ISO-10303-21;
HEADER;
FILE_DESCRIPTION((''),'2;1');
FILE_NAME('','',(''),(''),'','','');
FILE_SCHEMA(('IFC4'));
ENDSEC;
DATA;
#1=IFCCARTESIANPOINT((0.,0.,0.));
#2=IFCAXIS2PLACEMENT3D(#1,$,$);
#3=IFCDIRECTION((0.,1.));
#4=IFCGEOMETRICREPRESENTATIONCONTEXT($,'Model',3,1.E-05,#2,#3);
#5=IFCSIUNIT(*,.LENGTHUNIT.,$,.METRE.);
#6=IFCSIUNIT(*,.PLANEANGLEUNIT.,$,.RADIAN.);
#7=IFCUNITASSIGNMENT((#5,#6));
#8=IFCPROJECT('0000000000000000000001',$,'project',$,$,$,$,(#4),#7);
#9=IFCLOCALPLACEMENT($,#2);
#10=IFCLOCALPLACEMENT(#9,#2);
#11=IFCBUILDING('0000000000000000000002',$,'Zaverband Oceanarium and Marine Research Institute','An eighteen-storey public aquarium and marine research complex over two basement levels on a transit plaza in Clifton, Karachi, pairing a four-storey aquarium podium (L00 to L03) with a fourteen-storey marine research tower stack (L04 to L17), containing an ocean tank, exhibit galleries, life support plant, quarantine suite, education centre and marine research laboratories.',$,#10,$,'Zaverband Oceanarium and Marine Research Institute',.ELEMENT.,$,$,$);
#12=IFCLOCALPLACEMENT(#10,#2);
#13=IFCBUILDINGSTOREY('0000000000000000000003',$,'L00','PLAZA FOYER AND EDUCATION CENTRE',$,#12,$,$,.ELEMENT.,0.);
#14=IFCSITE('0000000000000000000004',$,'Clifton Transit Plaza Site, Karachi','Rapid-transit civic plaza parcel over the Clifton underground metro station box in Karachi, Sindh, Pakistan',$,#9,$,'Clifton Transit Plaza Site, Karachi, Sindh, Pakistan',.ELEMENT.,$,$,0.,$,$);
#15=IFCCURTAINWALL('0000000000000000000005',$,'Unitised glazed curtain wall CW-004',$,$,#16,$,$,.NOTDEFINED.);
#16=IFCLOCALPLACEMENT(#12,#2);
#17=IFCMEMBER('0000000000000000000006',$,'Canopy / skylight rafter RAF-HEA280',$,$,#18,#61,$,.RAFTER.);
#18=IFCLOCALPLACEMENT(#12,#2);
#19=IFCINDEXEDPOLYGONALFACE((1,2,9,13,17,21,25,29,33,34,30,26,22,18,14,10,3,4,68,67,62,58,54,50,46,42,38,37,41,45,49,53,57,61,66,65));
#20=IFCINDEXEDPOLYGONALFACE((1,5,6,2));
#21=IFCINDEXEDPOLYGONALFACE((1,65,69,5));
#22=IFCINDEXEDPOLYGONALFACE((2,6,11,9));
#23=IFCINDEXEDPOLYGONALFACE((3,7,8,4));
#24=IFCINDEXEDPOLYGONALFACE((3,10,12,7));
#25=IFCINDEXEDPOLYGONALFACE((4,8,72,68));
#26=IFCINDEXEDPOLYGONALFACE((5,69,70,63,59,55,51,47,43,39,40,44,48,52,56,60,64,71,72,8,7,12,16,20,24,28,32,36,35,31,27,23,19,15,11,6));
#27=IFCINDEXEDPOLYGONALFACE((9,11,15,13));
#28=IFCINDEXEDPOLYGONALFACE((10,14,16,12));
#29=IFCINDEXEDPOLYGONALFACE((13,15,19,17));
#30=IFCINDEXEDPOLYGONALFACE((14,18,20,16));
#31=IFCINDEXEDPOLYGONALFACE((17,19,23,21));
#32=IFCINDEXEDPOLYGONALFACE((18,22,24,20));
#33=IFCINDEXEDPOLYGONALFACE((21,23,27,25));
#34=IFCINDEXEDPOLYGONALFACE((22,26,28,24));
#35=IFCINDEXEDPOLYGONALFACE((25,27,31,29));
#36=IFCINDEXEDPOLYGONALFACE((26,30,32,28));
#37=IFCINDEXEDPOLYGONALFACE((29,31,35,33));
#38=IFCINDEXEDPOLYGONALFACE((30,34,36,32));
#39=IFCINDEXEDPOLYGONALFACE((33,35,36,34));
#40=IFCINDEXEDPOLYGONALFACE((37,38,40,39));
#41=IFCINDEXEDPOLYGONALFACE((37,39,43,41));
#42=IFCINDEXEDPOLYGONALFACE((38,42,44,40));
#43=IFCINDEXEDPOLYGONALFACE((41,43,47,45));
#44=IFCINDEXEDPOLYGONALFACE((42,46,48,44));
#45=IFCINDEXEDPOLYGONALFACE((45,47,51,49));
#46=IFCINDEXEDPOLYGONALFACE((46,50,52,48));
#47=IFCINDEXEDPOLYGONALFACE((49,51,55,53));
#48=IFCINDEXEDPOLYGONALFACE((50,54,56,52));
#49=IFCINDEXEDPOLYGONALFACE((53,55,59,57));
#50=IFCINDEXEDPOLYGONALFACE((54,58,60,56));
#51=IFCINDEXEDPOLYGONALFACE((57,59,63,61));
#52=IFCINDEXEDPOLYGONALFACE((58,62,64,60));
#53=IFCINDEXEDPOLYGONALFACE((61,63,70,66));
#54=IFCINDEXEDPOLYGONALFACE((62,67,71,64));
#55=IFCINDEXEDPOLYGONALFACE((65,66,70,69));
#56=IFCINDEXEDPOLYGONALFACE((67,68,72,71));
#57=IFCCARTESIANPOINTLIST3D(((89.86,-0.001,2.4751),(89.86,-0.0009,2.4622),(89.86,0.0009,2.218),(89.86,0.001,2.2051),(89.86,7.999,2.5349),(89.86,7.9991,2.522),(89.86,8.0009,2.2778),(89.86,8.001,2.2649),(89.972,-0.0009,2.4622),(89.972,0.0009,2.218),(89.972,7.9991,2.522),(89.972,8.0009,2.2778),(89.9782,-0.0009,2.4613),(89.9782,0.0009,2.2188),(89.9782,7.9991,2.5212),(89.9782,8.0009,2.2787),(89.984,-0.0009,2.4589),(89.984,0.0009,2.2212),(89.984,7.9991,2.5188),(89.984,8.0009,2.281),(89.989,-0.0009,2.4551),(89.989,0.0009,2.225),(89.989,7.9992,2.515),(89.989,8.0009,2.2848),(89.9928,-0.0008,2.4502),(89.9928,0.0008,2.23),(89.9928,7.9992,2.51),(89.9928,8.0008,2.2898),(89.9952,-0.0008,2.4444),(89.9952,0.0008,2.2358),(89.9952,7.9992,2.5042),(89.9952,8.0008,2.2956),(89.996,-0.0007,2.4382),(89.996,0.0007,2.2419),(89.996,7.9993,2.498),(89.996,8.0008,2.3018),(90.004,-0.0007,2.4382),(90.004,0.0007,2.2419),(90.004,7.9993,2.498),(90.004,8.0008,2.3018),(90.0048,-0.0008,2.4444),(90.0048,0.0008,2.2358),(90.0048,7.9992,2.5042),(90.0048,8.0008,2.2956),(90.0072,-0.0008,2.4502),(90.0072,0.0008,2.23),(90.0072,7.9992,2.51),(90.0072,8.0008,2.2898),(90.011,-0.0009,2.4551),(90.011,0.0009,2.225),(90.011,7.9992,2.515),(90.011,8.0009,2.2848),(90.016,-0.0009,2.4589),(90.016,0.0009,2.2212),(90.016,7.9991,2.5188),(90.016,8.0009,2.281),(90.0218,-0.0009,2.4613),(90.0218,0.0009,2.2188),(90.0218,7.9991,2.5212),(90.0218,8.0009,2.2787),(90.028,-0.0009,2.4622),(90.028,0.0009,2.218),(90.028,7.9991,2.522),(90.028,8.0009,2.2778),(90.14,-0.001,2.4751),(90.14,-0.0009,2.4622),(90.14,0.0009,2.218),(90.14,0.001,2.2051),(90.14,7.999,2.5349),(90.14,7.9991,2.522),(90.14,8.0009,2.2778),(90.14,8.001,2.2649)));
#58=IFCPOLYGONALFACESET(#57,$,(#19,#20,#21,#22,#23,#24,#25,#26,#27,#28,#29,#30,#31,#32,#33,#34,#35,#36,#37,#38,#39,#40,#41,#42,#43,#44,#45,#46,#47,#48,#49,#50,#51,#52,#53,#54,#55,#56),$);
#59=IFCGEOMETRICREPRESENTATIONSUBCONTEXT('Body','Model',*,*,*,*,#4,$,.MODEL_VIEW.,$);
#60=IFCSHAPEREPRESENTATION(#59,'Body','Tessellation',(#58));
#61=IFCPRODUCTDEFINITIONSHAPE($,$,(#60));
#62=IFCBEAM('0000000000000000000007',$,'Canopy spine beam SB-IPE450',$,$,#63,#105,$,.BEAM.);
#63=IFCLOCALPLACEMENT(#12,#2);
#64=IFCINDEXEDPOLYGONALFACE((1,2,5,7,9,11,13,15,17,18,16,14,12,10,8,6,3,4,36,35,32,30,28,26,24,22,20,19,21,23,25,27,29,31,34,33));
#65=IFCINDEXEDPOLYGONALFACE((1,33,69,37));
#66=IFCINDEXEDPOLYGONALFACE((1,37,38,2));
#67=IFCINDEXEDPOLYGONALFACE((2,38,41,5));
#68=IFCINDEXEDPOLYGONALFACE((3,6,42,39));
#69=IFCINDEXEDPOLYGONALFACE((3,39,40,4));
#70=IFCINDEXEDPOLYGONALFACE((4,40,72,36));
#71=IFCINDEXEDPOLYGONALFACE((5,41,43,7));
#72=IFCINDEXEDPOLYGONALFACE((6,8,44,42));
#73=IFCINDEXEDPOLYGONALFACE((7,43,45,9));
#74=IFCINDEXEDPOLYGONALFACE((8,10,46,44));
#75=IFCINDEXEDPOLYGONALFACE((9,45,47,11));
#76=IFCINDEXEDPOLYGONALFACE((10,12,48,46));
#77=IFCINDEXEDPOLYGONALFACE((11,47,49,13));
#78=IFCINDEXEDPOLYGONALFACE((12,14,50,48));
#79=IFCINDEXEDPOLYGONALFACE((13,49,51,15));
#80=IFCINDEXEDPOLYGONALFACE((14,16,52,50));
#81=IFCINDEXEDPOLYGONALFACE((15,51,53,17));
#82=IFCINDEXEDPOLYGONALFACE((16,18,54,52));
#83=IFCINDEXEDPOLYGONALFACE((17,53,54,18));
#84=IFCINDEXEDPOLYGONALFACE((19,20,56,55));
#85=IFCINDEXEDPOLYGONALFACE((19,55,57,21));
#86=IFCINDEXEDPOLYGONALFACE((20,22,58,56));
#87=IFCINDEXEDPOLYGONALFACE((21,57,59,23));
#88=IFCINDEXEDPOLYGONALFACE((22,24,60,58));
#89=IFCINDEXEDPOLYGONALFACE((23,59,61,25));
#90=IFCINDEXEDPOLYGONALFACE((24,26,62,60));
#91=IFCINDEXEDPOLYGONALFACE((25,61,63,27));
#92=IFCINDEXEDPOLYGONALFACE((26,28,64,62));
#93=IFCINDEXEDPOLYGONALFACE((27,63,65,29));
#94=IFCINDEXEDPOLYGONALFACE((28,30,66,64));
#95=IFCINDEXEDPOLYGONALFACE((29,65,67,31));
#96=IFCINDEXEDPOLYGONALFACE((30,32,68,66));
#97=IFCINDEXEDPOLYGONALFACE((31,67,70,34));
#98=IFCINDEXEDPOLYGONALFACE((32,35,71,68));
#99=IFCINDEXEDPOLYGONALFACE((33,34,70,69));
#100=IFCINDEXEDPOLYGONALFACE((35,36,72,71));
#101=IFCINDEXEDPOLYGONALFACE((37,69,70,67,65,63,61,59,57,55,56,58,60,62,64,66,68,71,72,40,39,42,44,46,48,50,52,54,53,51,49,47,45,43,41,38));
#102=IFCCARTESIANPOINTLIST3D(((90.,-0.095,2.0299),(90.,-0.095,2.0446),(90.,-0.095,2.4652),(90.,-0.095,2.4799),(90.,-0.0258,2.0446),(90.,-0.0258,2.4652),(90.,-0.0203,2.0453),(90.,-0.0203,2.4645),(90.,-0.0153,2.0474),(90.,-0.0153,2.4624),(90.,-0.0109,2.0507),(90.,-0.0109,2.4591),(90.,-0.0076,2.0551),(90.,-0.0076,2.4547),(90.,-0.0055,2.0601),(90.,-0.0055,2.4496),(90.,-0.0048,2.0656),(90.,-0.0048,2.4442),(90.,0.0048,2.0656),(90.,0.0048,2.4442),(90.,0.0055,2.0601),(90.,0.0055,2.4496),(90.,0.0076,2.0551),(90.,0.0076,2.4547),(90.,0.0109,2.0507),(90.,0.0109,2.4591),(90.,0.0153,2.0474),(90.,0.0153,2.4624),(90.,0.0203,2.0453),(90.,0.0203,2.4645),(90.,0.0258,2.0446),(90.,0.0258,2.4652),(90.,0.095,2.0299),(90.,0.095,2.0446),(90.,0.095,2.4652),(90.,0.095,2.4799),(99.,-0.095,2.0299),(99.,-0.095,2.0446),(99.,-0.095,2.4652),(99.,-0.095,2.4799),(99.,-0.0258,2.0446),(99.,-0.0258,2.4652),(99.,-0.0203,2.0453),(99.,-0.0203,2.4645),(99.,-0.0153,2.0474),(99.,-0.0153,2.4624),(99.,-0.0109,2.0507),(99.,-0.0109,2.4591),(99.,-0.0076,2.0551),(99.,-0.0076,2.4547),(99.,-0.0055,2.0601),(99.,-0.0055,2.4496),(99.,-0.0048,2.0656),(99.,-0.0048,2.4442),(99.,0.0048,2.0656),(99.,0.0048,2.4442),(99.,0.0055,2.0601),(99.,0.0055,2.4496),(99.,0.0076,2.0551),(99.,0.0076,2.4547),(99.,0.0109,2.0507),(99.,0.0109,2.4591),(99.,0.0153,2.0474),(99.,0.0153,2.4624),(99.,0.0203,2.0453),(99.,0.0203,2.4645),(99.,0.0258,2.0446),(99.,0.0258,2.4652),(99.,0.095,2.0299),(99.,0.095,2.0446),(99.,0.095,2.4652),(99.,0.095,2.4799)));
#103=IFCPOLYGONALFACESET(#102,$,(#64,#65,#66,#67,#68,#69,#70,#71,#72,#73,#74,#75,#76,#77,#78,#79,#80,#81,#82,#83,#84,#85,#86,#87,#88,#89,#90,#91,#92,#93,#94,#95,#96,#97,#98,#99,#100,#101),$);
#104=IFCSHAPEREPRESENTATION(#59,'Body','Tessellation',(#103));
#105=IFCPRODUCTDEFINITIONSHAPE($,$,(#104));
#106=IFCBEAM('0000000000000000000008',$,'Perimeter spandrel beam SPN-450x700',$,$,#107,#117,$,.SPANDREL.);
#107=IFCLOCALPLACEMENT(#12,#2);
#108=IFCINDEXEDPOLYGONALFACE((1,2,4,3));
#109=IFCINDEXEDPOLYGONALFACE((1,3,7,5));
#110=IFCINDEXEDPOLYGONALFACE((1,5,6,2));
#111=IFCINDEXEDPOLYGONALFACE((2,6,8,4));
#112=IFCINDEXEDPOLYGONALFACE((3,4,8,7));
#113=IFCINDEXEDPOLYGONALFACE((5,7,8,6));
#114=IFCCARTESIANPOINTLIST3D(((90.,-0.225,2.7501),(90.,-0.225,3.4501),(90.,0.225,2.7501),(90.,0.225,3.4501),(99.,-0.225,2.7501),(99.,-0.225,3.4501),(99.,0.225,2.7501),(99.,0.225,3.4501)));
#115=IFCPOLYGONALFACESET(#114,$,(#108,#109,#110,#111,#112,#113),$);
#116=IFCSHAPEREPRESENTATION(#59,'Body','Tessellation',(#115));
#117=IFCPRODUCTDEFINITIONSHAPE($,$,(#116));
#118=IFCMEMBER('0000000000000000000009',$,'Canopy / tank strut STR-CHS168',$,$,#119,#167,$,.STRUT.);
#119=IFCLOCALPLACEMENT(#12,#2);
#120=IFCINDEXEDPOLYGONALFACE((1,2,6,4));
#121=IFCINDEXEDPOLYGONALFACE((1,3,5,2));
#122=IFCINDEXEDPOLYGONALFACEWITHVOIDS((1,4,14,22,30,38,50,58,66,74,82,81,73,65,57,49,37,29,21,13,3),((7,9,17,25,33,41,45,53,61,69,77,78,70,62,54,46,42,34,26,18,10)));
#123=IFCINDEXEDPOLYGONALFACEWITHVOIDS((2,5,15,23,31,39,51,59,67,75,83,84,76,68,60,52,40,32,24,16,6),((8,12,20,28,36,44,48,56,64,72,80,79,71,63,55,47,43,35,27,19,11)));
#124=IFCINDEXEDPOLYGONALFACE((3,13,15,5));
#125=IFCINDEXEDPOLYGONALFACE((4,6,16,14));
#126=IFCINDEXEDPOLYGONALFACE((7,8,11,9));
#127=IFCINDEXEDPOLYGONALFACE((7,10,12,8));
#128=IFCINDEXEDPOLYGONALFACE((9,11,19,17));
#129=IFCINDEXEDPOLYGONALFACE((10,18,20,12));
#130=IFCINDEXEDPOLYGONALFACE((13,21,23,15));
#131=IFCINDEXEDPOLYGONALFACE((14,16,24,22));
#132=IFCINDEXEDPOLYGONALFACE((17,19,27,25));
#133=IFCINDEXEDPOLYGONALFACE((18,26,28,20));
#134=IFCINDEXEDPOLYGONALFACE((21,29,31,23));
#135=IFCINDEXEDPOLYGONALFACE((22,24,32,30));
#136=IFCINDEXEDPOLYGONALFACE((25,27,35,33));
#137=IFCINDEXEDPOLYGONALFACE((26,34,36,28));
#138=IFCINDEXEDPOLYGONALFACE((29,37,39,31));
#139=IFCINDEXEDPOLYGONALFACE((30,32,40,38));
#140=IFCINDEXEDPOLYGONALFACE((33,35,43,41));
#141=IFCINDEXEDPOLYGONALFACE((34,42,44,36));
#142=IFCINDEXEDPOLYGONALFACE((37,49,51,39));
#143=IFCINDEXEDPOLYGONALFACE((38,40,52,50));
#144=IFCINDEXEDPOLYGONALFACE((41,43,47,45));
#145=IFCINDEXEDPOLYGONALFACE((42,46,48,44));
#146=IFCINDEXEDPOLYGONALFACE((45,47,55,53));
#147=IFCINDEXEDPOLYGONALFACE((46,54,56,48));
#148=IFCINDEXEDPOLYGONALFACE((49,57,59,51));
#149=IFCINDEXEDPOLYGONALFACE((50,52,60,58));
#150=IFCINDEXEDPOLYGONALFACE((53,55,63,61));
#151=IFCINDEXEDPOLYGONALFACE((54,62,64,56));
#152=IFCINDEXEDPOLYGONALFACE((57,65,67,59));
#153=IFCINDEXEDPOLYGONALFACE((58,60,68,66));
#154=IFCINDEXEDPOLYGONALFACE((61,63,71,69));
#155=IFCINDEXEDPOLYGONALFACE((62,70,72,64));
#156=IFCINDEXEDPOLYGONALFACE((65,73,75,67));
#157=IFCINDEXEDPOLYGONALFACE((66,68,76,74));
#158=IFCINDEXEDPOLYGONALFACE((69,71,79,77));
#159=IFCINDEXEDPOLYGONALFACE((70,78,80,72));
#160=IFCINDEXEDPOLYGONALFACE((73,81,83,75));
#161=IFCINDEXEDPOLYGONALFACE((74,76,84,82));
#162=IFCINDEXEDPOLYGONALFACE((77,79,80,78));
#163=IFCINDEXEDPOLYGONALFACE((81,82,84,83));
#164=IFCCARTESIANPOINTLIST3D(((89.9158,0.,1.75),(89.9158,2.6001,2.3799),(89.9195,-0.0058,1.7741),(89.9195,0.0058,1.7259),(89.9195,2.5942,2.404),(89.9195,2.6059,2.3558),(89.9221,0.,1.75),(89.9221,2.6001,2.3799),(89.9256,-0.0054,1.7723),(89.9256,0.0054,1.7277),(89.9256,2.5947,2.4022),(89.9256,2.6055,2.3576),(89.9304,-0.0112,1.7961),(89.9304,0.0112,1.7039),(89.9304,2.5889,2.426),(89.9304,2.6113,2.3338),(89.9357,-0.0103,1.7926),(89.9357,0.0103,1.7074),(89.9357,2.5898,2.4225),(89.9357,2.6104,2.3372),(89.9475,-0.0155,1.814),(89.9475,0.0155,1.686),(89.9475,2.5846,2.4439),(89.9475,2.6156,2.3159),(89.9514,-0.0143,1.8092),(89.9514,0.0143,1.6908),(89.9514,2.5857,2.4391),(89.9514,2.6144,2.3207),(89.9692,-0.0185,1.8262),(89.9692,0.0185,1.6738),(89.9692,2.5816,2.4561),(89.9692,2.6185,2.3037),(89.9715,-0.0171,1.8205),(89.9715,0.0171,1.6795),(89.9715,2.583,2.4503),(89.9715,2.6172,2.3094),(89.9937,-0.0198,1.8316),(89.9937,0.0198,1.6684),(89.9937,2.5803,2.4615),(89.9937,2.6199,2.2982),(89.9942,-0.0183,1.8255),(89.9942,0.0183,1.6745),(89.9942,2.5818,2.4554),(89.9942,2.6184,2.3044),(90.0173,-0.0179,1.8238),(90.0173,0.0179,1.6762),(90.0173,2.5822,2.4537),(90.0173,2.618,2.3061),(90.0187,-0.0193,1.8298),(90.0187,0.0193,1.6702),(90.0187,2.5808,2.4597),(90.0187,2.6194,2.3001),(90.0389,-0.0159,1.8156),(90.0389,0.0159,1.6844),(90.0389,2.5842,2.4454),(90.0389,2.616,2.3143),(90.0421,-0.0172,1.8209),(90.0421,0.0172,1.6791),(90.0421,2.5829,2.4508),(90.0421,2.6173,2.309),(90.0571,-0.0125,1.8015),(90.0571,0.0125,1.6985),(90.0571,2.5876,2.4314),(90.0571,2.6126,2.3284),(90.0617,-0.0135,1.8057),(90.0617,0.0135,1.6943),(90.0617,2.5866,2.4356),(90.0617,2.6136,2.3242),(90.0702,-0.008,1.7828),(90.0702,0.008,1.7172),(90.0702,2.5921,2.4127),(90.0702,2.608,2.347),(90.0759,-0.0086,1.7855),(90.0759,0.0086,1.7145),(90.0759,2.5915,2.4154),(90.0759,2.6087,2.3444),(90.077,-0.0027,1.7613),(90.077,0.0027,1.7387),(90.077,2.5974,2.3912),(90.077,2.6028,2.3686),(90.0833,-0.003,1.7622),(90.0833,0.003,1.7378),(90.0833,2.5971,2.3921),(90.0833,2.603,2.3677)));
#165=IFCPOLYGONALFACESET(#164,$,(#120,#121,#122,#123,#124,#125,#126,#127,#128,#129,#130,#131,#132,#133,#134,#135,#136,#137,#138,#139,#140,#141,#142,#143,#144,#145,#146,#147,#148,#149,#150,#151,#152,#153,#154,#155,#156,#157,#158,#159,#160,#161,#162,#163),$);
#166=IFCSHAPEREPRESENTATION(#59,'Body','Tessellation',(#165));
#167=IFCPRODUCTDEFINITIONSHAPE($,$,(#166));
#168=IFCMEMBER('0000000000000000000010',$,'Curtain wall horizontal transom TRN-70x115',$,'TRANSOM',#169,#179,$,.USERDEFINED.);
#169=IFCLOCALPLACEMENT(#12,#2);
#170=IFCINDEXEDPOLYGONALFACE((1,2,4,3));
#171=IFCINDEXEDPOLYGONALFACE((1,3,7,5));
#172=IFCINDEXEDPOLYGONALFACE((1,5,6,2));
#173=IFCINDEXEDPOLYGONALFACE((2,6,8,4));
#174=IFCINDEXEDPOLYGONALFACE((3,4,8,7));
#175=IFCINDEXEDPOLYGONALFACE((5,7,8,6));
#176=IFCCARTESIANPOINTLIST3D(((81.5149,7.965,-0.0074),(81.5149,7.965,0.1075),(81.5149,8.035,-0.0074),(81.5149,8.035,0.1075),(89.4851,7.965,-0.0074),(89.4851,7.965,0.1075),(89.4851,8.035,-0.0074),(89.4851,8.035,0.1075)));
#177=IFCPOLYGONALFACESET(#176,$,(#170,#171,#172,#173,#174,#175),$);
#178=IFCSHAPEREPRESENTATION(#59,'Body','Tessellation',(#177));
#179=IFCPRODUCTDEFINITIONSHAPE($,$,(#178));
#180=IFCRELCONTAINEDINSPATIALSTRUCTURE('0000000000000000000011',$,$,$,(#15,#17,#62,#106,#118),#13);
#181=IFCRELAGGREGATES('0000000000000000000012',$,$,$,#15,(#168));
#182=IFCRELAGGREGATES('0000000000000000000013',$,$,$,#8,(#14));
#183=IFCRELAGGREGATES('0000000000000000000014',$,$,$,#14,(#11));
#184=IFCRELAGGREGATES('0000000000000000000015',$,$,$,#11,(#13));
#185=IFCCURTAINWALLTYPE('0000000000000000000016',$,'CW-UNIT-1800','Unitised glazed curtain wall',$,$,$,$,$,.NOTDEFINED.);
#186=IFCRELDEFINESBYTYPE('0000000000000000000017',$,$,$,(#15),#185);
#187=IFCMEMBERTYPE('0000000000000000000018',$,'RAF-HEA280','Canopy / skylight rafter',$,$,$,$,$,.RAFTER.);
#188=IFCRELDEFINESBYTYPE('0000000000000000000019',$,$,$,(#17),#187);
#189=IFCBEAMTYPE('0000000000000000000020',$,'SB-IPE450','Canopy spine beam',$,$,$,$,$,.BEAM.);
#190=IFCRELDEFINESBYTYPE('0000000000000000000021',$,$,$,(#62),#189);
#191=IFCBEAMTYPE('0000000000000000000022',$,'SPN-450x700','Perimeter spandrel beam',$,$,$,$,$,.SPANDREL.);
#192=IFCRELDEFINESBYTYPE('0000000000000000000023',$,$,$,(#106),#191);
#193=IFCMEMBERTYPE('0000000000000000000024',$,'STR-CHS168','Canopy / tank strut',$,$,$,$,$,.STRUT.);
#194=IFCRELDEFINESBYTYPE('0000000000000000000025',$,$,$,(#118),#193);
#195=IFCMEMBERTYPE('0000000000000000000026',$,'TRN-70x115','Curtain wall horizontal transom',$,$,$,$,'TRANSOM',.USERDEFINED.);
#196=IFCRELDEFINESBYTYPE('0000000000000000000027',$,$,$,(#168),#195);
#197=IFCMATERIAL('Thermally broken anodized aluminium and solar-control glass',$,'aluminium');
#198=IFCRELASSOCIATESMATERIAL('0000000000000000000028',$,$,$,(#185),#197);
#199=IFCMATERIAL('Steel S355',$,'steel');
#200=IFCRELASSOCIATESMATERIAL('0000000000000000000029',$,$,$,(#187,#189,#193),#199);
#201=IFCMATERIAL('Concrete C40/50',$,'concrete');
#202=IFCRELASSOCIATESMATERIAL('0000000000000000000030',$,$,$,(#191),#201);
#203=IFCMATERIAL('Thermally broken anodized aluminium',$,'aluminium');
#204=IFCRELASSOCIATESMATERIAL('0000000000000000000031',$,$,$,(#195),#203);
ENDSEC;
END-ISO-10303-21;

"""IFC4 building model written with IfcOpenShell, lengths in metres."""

from ifc_helpers import new_model, si_unit, direction, frame, origin, origin_2d, place, context, subcontext, project, spatial, rectangle, hollow_circle, i_section, extrude, material, material_profile, profile_set, type_object, element, aggregate, save


model = new_model("IFC4")

# Units and contexts
model_context = context("Model", 3, precision=1e-05, world=origin(), true_north=direction((0.0, 1.0)))
body_context = subcontext(model_context, "Body", "Model", "MODEL_VIEW")
ifc_project = project(units=[si_unit("LENGTHUNIT", "METRE"), si_unit("PLANEANGLEUNIT", "RADIAN")], contexts=[model_context])

# Site, building, storey
site_placement = place(None, origin())
site = spatial("IfcSite", under=ifc_project, at=site_placement, Name="Clifton Transit Plaza Site, Karachi", Description="Rapid-transit civic plaza parcel over the Clifton underground metro station box in Karachi, Sindh, Pakistan", LongName="Clifton Transit Plaza Site, Karachi, Sindh, Pakistan", CompositionType="ELEMENT", RefElevation=0.0)
building_placement = place(site_placement, origin())
building = spatial("IfcBuilding", under=site, at=building_placement, Name="Zaverband Oceanarium and Marine Research Institute", Description="An eighteen-storey public aquarium and marine research complex over two basement levels on a transit plaza in Clifton, Karachi, pairing a four-storey aquarium podium (L00 to L03) with a fourteen-storey marine research tower stack (L04 to L17), containing an ocean tank, exhibit galleries, life support plant, quarantine suite, education centre and marine research laboratories.", LongName="Zaverband Oceanarium and Marine Research Institute", CompositionType="ELEMENT")
storey_placement = place(building_placement, origin())
storey = spatial("IfcBuildingStorey", under=building, at=storey_placement, Name="L00", Description="PLAZA FOYER AND EDUCATION CENTRE", CompositionType="ELEMENT", Elevation=0.0)

# Shared definitions
ifc_material_1 = material(Name="Concrete C40/50", Category="concrete")

# Curtain wall
ifc_material_2 = material(Name="Thermally broken anodized aluminium and solar-control glass", Category="aluminium")
curtain_wall_type = type_object("IfcCurtainWallType", Name="CW-UNIT-1800", Description="Unitised glazed curtain wall", PredefinedType="NOTDEFINED", material=ifc_material_2)
curtain_wall_placement = place(storey_placement, origin())
curtain_wall = element("IfcCurtainWall", 1, at=curtain_wall_placement, inside=storey, type_object=curtain_wall_type, Name="Unitised glazed curtain wall CW-004", PredefinedType="NOTDEFINED")
ifc_material_3 = material(Name="Thermally broken anodized aluminium", Category="aluminium")

# Member
ifc_material_4 = material(Name="Steel S355", Category="steel")
ifc_material_profile_1 = material_profile(ifc_material_4, i_section(OverallWidth=0.28, OverallDepth=0.27, WebThickness=0.0081, FlangeThickness=0.0129, FilletRadius=0.0239, at=origin_2d()), Name="HEA280")
ifc_profile_set_1 = profile_set([ifc_material_profile_1], Name="Steel S355")
member_type_1 = type_object("IfcMemberType", Name="RAF-HEA280", Description="Canopy / skylight rafter", PredefinedType="RAFTER", material=ifc_profile_set_1)
member_1_placement = place(storey_placement, frame((90.0, 0.0, 2.3401), z_axis=(0.0, 0.999972, 0.007477), x_axis=(-1.0, 0.0, 0.0)))
element("IfcMember", 2, at=member_1_placement, inside=storey, type_object=member_type_1, Name="Canopy / skylight rafter RAF-HEA280", PredefinedType="RAFTER", context=body_context, shape_type="SweptSolid", body=[
    extrude(i_section(OverallWidth=0.28, OverallDepth=0.27, WebThickness=0.0081, FlangeThickness=0.0129, FilletRadius=0.0239, at=origin_2d()), origin(), (0.0, 0.0, 1.0), 8.0002),
])

# Beams
ifc_material_profile_2 = material_profile(ifc_material_4, i_section(OverallWidth=0.1899, OverallDepth=0.45, WebThickness=0.0095, FlangeThickness=0.0146, FilletRadius=0.021, at=origin_2d()), Name="IPE450")
ifc_profile_set_2 = profile_set([ifc_material_profile_2], Name="Steel S355")
beam_type_1 = type_object("IfcBeamType", Name="SB-IPE450", Description="Canopy spine beam", PredefinedType="BEAM", material=ifc_profile_set_2)
beam_1_placement = place(storey_placement, frame((90.0, 0.0, 2.2549), z_axis=(1.0, 0.0, 0.0), x_axis=(0.0, 1.0, 0.0)))
element("IfcBeam", 3, at=beam_1_placement, inside=storey, type_object=beam_type_1, Name="Canopy spine beam SB-IPE450", PredefinedType="BEAM", context=body_context, shape_type="SweptSolid", body=[
    extrude(i_section(OverallWidth=0.1899, OverallDepth=0.45, WebThickness=0.0095, FlangeThickness=0.0146, FilletRadius=0.021, at=origin_2d()), origin(), (0.0, 0.0, 1.0), 9.0),
])
ifc_material_profile_3 = material_profile(ifc_material_1, rectangle(XDim=0.45, YDim=0.7, at=origin_2d()), Name="RC450x700")
ifc_profile_set_3 = profile_set([ifc_material_profile_3], Name="Concrete C40/50")
beam_type_2 = type_object("IfcBeamType", Name="SPN-450x700", Description="Perimeter spandrel beam", PredefinedType="SPANDREL", material=ifc_profile_set_3)
beam_2_placement = place(storey_placement, frame((90.0, 0.0, 3.1001), z_axis=(1.0, 0.0, 0.0), x_axis=(0.0, 1.0, 0.0)))
element("IfcBeam", 4, at=beam_2_placement, inside=storey, type_object=beam_type_2, Name="Perimeter spandrel beam SPN-450x700", PredefinedType="SPANDREL", context=body_context, shape_type="SweptSolid", body=[
    extrude(rectangle(XDim=0.45, YDim=0.7, at=origin_2d()), origin(), (0.0, 0.0, 1.0), 9.0),
])

# Members
ifc_material_profile_4 = material_profile(ifc_material_4, hollow_circle(Radius=0.0842, WallThickness=0.0063, at=origin_2d()), Name="CHS168x6.3")
ifc_profile_set_4 = profile_set([ifc_material_profile_4], Name="Steel S355")
member_type_2 = type_object("IfcMemberType", Name="STR-CHS168", Description="Canopy / tank strut", PredefinedType="STRUT", material=ifc_profile_set_4)
member_2_placement = place(storey_placement, frame((90.0, 0.0, 1.75), z_axis=(0.0, 0.971888, 0.235443), x_axis=(-1.0, 0.0, 0.0)))
element("IfcMember", 5, at=member_2_placement, inside=storey, type_object=member_type_2, Name="Canopy / tank strut STR-CHS168", PredefinedType="STRUT", context=body_context, shape_type="SweptSolid", body=[
    extrude(hollow_circle(Radius=0.0842, WallThickness=0.0063, at=origin_2d()), origin(), (0.0, 0.0, 1.0), 2.6753),
])
ifc_material_profile_5 = material_profile(ifc_material_3, rectangle(XDim=0.0701, YDim=0.115, at=origin_2d()), Name="AL-TRN-70x115")
ifc_profile_set_5 = profile_set([ifc_material_profile_5], Name="Thermally broken anodized aluminium")
member_type_3 = type_object("IfcMemberType", Name="TRN-70x115", Description="Curtain wall horizontal transom", ElementType="TRANSOM", PredefinedType="USERDEFINED", material=ifc_profile_set_5)
member_3_placement = place(storey_placement, frame((81.5149, 8.0, 0.05), z_axis=(1.0, 0.0, 0.0), x_axis=(0.0, 1.0, 0.0)))
member_3 = element("IfcMember", 6, at=member_3_placement, type_object=member_type_3, Name="Curtain wall horizontal transom TRN-70x115", ObjectType="TRANSOM", PredefinedType="USERDEFINED", context=body_context, shape_type="SweptSolid", body=[
    extrude(rectangle(XDim=0.0701, YDim=0.115, at=origin_2d()), origin(), (0.0, 0.0, 1.0), 7.9702),
])

aggregate(curtain_wall, [member_3])

save(model, "model.ifc")
